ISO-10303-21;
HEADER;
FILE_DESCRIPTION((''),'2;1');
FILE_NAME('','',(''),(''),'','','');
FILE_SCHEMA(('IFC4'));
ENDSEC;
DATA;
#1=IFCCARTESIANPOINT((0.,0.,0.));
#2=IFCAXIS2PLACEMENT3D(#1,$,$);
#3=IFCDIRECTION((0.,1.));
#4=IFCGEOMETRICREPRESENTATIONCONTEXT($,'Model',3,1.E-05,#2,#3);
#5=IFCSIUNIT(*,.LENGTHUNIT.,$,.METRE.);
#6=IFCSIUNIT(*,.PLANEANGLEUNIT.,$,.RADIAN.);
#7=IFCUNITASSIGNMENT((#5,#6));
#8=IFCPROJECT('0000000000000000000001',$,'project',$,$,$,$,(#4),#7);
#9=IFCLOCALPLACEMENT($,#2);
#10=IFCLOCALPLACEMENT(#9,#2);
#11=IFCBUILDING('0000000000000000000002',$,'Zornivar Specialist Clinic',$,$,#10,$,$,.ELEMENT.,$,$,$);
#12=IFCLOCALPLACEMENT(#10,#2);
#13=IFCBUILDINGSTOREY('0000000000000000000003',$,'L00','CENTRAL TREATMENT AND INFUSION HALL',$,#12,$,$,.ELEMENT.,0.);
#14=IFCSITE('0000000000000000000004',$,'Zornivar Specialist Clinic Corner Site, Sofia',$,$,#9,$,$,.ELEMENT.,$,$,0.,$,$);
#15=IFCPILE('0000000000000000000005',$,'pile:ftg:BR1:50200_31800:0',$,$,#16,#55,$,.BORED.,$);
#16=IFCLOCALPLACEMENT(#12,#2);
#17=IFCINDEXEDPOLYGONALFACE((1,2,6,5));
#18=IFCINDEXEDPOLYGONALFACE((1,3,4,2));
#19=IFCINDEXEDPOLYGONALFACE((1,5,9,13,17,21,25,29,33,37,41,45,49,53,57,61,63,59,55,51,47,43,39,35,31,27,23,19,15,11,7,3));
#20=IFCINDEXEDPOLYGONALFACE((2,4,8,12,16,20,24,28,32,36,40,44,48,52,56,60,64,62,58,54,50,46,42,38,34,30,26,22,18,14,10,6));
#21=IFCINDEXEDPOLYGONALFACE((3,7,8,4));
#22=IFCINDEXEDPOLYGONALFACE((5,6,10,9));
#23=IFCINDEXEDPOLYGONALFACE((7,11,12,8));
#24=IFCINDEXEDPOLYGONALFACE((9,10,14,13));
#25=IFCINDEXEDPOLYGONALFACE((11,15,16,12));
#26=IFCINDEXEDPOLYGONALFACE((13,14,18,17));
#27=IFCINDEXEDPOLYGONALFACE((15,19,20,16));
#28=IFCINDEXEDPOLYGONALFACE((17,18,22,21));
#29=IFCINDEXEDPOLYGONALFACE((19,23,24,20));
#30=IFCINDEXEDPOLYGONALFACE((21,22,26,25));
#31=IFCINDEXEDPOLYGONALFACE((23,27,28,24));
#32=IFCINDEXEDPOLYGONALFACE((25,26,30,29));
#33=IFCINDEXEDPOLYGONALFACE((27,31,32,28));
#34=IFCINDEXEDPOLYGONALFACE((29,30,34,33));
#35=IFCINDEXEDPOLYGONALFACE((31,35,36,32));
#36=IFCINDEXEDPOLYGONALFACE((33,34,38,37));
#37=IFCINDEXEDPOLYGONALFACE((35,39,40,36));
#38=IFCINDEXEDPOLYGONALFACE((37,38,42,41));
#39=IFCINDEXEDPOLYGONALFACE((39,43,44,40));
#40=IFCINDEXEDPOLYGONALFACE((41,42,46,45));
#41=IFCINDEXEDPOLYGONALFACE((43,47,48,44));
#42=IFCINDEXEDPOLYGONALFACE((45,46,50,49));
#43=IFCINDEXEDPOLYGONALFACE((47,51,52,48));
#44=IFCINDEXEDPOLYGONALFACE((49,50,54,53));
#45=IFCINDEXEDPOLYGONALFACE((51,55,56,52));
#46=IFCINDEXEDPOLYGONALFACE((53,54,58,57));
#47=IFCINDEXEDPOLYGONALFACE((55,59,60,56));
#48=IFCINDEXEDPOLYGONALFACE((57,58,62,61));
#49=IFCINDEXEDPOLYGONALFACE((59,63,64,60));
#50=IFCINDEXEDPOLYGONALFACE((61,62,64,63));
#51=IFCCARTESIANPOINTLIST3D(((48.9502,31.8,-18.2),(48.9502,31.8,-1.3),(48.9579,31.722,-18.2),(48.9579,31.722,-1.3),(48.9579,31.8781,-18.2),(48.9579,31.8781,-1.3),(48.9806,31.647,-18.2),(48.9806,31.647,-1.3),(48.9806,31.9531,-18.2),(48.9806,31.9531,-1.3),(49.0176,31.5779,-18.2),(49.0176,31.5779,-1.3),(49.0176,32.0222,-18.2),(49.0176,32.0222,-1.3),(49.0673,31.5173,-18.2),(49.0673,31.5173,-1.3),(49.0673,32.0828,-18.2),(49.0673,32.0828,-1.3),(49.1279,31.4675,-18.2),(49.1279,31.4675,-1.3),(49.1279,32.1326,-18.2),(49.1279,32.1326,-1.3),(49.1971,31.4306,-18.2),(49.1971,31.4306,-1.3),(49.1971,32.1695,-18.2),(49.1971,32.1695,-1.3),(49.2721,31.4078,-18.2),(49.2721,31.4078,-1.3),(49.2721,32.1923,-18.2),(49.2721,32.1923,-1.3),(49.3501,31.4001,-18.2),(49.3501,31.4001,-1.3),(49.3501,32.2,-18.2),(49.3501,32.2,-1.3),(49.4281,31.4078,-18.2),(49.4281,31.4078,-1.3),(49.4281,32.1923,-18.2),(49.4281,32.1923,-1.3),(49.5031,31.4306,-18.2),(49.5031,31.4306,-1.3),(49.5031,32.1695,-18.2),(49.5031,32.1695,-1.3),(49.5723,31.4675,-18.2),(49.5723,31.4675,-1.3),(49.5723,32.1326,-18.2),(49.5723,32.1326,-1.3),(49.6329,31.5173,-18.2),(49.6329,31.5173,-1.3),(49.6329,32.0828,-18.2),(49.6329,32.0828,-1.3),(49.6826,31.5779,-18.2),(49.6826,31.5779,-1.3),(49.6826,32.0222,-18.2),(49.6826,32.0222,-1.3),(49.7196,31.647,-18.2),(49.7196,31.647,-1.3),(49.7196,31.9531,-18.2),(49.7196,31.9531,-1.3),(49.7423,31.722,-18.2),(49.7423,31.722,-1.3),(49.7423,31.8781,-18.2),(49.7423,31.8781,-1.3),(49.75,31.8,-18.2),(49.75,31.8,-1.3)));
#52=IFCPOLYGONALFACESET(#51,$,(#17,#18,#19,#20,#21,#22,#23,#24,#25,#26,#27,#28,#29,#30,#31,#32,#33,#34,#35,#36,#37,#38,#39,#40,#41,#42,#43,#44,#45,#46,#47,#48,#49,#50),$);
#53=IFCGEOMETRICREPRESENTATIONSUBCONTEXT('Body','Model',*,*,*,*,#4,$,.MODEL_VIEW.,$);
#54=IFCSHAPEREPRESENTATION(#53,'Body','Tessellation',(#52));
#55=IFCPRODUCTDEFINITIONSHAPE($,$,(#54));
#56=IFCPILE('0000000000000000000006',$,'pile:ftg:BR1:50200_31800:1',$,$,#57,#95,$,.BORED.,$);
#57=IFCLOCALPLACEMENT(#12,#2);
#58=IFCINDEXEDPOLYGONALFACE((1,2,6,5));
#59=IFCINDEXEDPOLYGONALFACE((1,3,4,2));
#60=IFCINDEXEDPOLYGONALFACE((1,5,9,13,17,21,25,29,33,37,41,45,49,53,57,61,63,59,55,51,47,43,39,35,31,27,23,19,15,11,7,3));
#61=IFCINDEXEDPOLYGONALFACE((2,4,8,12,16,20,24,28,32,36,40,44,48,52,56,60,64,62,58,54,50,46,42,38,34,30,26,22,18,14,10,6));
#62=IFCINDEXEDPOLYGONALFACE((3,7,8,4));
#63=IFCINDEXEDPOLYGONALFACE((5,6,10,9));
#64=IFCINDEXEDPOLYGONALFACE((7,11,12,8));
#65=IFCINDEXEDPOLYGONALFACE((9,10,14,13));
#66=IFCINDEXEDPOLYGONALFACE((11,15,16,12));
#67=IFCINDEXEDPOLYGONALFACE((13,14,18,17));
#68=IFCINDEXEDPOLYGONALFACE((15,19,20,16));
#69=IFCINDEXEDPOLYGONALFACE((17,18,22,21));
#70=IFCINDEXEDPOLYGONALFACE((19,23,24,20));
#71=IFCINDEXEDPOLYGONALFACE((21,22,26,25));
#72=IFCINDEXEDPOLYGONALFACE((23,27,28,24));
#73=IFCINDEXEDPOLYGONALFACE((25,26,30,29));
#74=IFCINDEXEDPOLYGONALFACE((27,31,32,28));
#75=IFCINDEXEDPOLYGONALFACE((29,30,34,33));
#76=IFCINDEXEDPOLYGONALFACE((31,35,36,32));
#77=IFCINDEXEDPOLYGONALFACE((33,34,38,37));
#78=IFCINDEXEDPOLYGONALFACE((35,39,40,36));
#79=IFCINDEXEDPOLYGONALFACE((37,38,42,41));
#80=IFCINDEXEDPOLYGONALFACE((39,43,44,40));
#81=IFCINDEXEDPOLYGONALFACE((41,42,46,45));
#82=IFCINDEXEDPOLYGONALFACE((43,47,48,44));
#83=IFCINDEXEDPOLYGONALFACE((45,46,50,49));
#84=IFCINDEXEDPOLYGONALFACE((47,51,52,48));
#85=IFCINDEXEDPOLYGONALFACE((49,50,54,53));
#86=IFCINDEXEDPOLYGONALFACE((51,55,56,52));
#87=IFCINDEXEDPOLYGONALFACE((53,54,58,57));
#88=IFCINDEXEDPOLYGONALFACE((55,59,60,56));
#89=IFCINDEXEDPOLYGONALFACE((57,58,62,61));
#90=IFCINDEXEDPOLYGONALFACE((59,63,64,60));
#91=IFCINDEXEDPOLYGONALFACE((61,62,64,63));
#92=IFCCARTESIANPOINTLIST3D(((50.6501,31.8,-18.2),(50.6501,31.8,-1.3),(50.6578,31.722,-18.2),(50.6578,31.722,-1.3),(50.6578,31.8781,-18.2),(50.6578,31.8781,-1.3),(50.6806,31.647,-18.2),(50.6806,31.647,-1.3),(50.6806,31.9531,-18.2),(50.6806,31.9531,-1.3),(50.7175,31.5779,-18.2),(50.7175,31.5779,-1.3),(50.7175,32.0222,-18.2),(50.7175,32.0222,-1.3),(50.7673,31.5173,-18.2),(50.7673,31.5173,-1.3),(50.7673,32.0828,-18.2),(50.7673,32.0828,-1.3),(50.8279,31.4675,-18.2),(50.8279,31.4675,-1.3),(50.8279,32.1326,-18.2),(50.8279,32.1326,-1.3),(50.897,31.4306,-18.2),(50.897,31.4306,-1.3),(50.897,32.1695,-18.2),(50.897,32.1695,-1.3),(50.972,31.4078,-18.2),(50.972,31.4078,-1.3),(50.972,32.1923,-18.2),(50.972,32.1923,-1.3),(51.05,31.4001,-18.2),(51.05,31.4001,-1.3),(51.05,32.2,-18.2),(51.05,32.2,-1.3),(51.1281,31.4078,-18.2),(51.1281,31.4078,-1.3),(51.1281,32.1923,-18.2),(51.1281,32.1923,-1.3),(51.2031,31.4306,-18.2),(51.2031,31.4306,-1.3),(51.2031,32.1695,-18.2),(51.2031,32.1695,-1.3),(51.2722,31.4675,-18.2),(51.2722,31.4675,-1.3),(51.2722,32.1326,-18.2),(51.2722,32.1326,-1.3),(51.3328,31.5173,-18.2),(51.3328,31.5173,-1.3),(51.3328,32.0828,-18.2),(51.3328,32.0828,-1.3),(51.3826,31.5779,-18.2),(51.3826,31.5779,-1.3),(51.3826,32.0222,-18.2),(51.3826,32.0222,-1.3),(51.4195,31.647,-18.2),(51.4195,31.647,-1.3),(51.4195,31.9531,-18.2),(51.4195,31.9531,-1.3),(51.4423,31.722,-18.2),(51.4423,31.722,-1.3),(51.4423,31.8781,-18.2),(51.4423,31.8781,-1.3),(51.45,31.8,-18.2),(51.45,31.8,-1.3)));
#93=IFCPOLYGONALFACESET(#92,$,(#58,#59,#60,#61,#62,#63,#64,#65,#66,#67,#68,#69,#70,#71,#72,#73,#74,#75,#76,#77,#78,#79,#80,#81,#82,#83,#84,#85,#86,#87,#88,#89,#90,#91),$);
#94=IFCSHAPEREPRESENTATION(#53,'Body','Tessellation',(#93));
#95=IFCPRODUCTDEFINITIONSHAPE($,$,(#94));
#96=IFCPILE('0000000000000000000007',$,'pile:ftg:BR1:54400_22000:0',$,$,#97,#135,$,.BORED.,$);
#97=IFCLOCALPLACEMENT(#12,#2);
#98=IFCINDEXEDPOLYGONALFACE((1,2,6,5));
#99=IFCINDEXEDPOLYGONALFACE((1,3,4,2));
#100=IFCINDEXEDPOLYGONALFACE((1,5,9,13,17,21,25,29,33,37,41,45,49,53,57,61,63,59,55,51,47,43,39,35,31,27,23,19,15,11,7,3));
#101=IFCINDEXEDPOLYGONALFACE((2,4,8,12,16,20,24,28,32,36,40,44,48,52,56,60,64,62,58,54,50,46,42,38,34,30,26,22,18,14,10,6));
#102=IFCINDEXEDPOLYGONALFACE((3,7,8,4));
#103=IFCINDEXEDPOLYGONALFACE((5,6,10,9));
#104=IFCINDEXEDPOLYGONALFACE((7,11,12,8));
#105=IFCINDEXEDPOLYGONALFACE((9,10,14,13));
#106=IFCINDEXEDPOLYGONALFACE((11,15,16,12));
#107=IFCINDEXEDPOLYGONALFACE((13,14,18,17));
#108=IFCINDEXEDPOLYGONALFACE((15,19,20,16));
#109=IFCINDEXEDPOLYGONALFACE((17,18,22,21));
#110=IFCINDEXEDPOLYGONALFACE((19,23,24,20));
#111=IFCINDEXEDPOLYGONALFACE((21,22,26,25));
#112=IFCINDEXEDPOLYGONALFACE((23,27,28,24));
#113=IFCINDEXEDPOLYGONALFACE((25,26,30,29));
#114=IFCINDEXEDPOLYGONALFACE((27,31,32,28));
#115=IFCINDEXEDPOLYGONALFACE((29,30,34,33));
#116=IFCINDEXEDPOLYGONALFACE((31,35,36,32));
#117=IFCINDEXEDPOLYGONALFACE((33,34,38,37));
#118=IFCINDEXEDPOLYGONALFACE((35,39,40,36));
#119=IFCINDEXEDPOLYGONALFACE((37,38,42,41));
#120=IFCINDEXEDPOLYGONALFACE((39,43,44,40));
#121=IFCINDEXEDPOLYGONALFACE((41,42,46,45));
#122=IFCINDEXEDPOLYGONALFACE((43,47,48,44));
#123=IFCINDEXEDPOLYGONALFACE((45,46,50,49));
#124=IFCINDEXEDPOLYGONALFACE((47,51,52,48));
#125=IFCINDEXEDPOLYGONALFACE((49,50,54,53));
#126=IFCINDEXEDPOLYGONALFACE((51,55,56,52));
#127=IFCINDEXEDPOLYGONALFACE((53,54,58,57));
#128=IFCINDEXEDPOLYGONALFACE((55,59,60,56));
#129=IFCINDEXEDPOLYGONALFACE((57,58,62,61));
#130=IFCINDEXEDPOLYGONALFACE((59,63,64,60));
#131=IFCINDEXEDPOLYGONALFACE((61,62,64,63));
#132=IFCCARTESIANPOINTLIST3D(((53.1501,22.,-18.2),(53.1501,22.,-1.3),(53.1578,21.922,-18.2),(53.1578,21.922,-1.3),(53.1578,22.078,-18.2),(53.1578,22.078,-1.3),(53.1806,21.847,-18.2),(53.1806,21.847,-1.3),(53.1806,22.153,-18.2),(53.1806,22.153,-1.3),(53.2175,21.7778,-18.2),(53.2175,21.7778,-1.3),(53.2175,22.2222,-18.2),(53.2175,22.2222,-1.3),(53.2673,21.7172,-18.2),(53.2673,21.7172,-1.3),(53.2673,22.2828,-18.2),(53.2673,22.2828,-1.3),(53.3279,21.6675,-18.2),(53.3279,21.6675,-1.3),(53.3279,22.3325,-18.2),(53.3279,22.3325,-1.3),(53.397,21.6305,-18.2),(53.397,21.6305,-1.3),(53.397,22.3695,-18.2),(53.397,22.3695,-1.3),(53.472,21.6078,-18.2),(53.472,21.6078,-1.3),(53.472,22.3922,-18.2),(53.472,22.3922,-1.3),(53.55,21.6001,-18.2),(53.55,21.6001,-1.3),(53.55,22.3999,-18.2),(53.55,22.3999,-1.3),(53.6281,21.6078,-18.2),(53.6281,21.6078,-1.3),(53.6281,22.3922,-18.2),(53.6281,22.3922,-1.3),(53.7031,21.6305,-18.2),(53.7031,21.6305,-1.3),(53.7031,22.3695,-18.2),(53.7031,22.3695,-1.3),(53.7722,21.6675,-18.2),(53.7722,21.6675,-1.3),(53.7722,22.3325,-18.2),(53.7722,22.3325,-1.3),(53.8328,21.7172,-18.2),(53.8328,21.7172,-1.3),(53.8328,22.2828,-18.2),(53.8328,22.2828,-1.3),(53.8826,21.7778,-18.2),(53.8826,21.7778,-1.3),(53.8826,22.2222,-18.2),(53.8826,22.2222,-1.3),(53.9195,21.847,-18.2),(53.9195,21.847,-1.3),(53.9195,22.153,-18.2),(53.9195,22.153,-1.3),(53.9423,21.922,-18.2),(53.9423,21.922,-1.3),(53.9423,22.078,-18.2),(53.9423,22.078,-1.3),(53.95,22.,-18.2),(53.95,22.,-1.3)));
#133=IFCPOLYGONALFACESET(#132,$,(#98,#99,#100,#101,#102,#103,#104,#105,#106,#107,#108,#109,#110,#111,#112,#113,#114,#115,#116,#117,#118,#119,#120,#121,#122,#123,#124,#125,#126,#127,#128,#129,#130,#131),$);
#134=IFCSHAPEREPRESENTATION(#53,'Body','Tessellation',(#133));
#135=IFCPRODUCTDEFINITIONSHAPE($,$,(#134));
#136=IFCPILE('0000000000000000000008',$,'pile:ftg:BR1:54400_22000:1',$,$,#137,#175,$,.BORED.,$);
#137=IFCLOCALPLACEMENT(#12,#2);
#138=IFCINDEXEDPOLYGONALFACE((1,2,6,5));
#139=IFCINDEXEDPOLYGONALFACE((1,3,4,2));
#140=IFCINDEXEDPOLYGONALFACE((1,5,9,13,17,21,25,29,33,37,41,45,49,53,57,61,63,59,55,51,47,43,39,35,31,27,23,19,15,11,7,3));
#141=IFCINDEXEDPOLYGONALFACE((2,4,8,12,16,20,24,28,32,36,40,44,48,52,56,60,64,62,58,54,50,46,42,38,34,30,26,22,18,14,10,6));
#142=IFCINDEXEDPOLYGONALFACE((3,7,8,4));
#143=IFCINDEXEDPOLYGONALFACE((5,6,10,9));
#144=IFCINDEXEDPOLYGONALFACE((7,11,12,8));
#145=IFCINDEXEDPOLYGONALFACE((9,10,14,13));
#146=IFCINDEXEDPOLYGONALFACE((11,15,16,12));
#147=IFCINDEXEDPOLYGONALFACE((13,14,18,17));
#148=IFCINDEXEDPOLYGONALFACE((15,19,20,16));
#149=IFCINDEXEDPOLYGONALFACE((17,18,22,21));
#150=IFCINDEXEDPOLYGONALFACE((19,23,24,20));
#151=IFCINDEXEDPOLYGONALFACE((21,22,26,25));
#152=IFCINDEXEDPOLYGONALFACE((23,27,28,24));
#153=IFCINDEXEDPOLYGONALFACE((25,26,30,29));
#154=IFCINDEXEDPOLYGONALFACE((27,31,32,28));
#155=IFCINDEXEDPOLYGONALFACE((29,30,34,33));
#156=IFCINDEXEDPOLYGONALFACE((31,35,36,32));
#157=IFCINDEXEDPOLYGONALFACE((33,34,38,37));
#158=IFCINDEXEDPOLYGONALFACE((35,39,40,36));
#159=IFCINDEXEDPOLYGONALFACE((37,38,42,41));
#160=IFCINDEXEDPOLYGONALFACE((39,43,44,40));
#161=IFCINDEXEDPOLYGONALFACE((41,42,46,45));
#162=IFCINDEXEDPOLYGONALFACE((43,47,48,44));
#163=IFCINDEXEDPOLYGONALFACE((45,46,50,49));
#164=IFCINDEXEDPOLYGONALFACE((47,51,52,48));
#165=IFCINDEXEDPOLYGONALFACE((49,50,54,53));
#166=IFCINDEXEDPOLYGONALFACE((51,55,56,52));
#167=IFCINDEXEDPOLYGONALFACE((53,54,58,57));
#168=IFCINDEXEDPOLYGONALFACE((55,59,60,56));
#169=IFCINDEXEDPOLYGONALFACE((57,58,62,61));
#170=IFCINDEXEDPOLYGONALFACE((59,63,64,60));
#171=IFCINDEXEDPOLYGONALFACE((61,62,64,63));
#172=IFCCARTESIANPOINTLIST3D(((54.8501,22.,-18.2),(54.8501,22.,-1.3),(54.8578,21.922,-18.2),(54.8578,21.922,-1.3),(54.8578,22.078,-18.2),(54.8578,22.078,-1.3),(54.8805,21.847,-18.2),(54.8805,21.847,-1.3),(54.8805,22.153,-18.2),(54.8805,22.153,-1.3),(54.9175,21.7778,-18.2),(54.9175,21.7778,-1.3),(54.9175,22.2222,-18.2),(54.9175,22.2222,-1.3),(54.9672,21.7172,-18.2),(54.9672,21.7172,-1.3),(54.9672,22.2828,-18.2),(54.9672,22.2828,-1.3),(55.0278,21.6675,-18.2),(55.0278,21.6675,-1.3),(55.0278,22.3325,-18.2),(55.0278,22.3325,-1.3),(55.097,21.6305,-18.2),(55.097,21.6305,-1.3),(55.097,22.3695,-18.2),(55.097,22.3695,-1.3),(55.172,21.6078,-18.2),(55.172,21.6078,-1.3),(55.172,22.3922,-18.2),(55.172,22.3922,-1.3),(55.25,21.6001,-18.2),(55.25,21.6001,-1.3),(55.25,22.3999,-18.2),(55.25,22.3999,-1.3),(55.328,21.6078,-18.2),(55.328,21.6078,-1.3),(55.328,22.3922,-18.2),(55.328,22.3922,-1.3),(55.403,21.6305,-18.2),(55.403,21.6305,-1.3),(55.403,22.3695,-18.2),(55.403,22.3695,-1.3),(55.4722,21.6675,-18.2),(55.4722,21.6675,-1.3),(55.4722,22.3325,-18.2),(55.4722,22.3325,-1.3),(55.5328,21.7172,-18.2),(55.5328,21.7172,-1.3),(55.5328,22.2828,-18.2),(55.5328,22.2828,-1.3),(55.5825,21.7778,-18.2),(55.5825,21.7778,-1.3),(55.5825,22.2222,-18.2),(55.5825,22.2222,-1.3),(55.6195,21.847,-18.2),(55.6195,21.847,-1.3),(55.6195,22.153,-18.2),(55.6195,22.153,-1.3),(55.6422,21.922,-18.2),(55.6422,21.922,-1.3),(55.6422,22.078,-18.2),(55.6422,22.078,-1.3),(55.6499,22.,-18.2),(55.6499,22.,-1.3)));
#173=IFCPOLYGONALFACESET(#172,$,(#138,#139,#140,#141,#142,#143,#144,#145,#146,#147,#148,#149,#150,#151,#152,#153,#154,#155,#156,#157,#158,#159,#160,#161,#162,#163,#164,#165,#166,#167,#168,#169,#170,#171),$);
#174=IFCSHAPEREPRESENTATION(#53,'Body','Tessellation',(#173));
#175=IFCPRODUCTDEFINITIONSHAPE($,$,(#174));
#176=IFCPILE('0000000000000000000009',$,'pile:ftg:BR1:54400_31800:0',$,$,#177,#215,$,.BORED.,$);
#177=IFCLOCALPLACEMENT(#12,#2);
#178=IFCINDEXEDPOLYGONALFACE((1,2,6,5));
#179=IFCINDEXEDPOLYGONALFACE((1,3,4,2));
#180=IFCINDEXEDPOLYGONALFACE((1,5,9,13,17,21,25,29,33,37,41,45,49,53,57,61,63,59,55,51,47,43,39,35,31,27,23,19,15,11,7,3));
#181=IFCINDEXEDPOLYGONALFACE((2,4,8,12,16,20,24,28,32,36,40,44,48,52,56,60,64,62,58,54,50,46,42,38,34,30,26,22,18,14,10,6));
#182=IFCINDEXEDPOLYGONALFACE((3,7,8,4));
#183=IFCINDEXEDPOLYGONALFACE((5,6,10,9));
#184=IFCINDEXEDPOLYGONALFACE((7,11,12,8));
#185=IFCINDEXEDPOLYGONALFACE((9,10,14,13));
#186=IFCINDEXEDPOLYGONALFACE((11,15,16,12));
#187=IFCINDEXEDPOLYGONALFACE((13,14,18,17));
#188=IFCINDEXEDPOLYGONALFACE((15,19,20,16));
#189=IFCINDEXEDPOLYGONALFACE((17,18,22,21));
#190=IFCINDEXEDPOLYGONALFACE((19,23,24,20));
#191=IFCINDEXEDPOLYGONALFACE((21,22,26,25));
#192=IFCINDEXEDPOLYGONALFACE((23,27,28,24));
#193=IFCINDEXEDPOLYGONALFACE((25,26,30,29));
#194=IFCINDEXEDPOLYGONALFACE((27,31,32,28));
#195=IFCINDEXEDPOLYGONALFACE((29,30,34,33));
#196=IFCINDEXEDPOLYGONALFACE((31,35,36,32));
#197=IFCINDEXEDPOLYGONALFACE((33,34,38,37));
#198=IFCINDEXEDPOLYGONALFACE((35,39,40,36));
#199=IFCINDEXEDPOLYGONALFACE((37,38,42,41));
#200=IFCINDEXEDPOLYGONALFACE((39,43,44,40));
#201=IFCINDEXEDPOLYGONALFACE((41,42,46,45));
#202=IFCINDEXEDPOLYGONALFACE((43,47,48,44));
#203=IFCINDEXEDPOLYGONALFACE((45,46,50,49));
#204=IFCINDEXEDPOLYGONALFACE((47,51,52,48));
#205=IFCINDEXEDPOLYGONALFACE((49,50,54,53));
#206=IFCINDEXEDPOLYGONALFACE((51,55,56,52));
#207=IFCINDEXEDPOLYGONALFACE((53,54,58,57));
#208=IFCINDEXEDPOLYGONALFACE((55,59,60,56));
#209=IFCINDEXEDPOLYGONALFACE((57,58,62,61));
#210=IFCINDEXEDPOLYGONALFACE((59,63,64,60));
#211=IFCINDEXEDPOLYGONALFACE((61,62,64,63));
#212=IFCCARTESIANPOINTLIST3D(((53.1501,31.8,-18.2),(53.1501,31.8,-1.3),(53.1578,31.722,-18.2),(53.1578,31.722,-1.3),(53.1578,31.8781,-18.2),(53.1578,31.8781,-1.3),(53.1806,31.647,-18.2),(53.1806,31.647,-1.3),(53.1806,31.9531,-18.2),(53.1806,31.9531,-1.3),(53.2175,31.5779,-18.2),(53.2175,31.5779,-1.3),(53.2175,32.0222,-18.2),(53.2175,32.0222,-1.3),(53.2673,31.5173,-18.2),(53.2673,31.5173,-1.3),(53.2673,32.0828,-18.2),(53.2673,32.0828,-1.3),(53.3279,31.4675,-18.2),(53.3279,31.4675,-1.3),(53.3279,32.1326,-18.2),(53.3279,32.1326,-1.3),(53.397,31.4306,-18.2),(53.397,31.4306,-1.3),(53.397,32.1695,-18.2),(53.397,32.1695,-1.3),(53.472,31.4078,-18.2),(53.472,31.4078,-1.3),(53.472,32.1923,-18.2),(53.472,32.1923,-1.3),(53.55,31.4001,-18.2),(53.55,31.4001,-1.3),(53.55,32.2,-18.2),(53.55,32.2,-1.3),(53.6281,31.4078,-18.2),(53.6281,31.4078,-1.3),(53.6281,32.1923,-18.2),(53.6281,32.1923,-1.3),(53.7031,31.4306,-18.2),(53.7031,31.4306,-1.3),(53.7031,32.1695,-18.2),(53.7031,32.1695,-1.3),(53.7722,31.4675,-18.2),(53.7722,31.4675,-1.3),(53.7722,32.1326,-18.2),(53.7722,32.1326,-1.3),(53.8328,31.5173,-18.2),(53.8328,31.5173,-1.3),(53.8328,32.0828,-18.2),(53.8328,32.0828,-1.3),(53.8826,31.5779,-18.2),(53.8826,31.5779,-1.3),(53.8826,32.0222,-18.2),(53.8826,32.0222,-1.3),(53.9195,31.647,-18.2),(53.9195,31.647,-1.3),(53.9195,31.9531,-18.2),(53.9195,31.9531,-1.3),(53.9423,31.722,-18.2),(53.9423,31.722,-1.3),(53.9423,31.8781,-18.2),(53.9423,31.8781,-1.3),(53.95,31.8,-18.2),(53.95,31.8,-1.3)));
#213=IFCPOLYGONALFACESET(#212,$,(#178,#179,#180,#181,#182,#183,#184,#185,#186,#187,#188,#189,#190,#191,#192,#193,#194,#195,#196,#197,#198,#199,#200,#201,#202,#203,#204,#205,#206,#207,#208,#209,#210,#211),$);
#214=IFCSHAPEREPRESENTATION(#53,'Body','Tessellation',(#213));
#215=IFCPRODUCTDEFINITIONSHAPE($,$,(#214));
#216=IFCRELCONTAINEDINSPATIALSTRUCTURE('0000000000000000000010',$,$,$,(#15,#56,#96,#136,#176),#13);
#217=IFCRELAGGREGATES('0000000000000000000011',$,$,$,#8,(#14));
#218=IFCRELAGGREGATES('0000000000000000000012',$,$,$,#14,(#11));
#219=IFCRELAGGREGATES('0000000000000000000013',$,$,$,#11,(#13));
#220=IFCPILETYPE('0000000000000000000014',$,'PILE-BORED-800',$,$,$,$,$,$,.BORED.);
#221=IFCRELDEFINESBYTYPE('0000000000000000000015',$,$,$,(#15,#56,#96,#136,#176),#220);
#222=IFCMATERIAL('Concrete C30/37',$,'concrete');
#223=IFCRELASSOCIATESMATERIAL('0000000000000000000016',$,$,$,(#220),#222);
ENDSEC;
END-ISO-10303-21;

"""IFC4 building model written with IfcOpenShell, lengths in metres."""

from ifc_helpers import new_model, si_unit, direction, frame, origin, origin_2d, place, context, subcontext, project, spatial, circle, extrude, material, material_profile, profile_set, type_object, element, save


model = new_model("IFC4")

# Units and contexts
model_context = context("Model", 3, precision=1e-05, world=origin(), true_north=direction((0.0, 1.0)))
body_context = subcontext(model_context, "Body", "Model", "MODEL_VIEW")
ifc_project = project(units=[si_unit("LENGTHUNIT", "METRE"), si_unit("PLANEANGLEUNIT", "RADIAN")], contexts=[model_context])

# Site, building, storey
site_placement = place(None, origin())
site = spatial("IfcSite", under=ifc_project, at=site_placement, Name="Zornivar Specialist Clinic Corner Site, Sofia", CompositionType="ELEMENT", RefElevation=0.0)
building_placement = place(site_placement, origin())
building = spatial("IfcBuilding", under=site, at=building_placement, Name="Zornivar Specialist Clinic", CompositionType="ELEMENT")
storey_placement = place(building_placement, origin())
storey = spatial("IfcBuildingStorey", under=building, at=storey_placement, Name="L00", Description="CENTRAL TREATMENT AND INFUSION HALL", CompositionType="ELEMENT", Elevation=0.0)

# Piles
ifc_material_1 = material(Name="Concrete C30/37", Category="concrete")
ifc_material_profile_1 = material_profile(ifc_material_1, circle(Radius=0.3999, at=origin_2d()), Name="PILE D800")
ifc_profile_set_1 = profile_set([ifc_material_profile_1], Name="Concrete C30/37")
pile_type = type_object("IfcPileType", Name="PILE-BORED-800", PredefinedType="BORED", material=ifc_profile_set_1)
for number, where, z_axis, x_axis, name in (
    (1, (49.3501, 31.8, -1.3), (0.0, 0.0, -1.0), (1.0, 0.0, 0.0), "pile:ftg:BR1:50200_31800:0"),
    (2, (51.05, 31.8, -1.3), (0.0, 0.0, -1.0), (1.0, 0.0, 0.0), "pile:ftg:BR1:50200_31800:1"),
    (3, (53.55, 22.0, -1.3), (0.0, 0.0, -1.0), (1.0, 0.0, 0.0), "pile:ftg:BR1:54400_22000:0"),
    (4, (55.25, 22.0, -1.3), (0.0, 0.0, -1.0), (1.0, 0.0, 0.0), "pile:ftg:BR1:54400_22000:1"),
    (5, (53.55, 31.8, -1.3), (0.0, 0.0, -1.0), (1.0, 0.0, 0.0), "pile:ftg:BR1:54400_31800:0"),
):
    element("IfcPile", number, at=place(storey_placement, frame(where, z_axis=z_axis, x_axis=x_axis)), inside=storey, type_object=pile_type, Name=name, PredefinedType="BORED", context=body_context, shape_type="SweptSolid", body=[
        extrude(circle(Radius=0.3999, at=origin_2d()), origin(), (0.0, 0.0, 1.0), 16.8999),
    ])

save(model, "model.ifc")
